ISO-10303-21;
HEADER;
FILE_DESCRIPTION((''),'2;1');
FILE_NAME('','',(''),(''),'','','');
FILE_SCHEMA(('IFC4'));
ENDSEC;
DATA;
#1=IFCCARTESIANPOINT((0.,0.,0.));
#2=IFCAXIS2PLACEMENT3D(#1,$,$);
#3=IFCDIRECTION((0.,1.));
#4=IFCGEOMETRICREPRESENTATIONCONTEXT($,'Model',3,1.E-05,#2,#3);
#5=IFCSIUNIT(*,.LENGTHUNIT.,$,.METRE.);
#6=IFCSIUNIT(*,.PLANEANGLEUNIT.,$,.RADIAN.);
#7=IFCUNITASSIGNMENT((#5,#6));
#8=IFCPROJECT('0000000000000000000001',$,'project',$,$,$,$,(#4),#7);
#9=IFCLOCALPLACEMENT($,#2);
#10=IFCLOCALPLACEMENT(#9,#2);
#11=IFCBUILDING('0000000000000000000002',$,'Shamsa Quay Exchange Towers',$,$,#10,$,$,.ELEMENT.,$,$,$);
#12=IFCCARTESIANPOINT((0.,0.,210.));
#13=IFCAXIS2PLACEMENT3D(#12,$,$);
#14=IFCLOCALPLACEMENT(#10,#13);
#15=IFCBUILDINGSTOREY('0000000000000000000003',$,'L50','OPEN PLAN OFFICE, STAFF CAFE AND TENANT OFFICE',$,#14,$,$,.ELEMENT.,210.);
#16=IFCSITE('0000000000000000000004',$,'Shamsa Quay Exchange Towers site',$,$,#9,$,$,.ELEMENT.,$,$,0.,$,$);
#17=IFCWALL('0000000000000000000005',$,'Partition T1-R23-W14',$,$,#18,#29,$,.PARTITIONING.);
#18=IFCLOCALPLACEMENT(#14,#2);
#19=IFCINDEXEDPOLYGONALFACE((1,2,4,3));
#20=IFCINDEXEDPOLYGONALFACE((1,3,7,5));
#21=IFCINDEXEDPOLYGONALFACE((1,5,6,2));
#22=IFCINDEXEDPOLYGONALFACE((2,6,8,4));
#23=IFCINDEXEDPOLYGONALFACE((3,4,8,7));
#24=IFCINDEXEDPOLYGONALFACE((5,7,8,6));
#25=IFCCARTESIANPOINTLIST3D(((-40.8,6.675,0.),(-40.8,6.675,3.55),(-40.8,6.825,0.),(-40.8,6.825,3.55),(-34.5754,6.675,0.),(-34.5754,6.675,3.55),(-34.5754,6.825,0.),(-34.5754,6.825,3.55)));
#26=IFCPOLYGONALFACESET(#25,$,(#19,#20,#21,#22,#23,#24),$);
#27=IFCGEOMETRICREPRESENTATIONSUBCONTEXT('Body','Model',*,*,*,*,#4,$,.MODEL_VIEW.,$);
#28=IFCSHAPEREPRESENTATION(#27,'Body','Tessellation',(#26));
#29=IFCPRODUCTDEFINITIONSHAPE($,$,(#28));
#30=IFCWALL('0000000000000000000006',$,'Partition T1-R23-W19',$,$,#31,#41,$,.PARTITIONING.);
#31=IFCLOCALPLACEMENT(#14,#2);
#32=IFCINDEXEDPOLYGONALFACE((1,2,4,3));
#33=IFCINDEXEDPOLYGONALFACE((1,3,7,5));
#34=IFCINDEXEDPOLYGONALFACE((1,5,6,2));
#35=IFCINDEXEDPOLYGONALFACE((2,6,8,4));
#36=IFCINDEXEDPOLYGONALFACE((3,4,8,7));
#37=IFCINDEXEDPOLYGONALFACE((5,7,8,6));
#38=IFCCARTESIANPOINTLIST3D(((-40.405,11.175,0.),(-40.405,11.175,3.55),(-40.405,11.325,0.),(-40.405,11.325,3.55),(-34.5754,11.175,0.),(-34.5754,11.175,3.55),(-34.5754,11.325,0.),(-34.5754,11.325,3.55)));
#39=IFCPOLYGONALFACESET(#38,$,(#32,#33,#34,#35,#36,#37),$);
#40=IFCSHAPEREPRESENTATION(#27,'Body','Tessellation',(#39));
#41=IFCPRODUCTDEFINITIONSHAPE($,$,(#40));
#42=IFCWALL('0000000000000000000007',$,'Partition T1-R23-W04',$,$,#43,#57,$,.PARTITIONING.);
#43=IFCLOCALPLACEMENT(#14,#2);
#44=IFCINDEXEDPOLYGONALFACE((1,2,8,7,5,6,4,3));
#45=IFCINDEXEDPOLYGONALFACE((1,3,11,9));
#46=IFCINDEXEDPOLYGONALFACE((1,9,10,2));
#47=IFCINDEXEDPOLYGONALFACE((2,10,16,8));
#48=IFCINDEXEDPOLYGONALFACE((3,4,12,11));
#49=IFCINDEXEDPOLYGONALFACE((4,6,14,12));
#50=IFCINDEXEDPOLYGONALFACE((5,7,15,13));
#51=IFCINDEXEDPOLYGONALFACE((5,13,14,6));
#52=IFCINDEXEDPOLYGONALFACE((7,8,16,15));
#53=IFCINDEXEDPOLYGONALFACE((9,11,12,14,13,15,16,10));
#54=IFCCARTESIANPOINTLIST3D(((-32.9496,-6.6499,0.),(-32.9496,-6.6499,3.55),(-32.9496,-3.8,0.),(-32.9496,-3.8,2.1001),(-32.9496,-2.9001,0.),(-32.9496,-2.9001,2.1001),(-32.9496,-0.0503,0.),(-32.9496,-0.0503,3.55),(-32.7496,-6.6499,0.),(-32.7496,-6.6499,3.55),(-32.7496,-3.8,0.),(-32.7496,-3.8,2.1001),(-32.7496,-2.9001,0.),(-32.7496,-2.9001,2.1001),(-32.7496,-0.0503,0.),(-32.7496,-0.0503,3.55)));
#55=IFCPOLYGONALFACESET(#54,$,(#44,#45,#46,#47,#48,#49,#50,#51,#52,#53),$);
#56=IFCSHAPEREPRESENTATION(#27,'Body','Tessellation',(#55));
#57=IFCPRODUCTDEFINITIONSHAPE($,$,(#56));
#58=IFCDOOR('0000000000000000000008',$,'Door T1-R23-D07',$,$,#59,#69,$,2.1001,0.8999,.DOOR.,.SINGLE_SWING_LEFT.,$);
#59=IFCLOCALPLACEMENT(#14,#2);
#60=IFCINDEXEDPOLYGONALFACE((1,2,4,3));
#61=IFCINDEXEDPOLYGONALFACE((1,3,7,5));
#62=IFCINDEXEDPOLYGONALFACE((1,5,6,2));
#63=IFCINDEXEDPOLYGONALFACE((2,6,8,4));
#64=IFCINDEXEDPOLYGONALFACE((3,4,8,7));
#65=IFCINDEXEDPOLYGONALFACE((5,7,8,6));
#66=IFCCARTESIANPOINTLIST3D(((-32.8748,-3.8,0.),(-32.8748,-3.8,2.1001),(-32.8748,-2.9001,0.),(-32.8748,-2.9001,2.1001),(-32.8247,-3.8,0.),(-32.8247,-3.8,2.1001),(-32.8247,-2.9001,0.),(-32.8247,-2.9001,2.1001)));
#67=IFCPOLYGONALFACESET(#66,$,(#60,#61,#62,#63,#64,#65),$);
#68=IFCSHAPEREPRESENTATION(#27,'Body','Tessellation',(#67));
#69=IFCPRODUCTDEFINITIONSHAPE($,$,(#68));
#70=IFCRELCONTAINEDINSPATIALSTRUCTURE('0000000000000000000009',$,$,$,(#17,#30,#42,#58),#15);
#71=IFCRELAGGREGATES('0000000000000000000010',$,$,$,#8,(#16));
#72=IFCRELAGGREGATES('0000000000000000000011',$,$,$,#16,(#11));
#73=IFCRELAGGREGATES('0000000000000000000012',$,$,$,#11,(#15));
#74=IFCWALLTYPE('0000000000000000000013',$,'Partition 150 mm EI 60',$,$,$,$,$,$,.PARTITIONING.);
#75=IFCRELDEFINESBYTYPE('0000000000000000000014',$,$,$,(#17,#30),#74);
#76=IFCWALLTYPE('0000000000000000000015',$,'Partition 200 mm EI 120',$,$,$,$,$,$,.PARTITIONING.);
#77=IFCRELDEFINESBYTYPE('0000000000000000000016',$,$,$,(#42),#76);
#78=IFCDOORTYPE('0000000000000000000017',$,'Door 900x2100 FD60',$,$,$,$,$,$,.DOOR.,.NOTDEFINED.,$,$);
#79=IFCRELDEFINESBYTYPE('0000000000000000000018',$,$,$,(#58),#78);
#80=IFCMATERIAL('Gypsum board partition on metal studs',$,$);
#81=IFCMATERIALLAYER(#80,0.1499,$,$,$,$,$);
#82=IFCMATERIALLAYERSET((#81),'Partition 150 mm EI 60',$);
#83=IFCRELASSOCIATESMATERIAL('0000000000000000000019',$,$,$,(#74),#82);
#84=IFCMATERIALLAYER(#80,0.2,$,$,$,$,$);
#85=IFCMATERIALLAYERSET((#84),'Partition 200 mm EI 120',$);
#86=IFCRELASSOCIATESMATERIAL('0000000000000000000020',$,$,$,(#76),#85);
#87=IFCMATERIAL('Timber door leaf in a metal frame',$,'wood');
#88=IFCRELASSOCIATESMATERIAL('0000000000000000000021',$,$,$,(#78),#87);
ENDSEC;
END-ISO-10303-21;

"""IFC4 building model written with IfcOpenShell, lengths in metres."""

from ifc_helpers import new_model, si_unit, direction, frame, frame_2d, origin, place, context, subcontext, project, spatial, rectangle, extrude, material, layer, layer_set, type_object, element, fill, save


model = new_model("IFC4")

# Units and contexts
model_context = context("Model", 3, precision=1e-05, world=origin(), true_north=direction((0.0, 1.0)))
body_context = subcontext(model_context, "Body", "Model", "MODEL_VIEW")
ifc_project = project(units=[si_unit("LENGTHUNIT", "METRE"), si_unit("PLANEANGLEUNIT", "RADIAN")], contexts=[model_context])

# Site, building, storey
site_placement = place(None, origin())
site = spatial("IfcSite", under=ifc_project, at=site_placement, Name="Shamsa Quay Exchange Towers site", CompositionType="ELEMENT", RefElevation=0.0)
building_placement = place(site_placement, origin())
building = spatial("IfcBuilding", under=site, at=building_placement, Name="Shamsa Quay Exchange Towers", CompositionType="ELEMENT")
storey_placement = place(building_placement, frame((0.0, 0.0, 210.0)))
storey = spatial("IfcBuildingStorey", under=building, at=storey_placement, Name="L50", Description="OPEN PLAN OFFICE, STAFF CAFE AND TENANT OFFICE", CompositionType="ELEMENT", Elevation=210.0)

# Shared definitions
ifc_material_1 = material(Name="Timber door leaf in a metal frame", Category="wood")

# Shared definitions
ifc_material_2 = material(Name="Gypsum board partition on metal studs")

# Shared definitions
ifc_layer_1 = layer(ifc_material_2, 0.1499)
ifc_layer_set_1 = layer_set([ifc_layer_1], Name="Partition 150 mm EI 60")
wall_type_1 = type_object("IfcWallType", Name="Partition 150 mm EI 60", PredefinedType="PARTITIONING", material=ifc_layer_set_1)

# Walls
wall_1_placement = place(storey_placement, frame((-34.5754, 6.75, 0.0), z_axis=(0.0, 0.0, 1.0), x_axis=(-1.0, 0.0, 0.0)))
element("IfcWall", 1, at=wall_1_placement, inside=storey, type_object=wall_type_1, Name="Partition T1-R23-W14", PredefinedType="PARTITIONING", context=body_context, shape_type="SweptSolid", body=[
    extrude(rectangle(XDim=6.2246, YDim=0.1499, at=frame_2d((3.1123, 0.0))), origin(), (0.0, 0.0, 1.0), 3.55),
])
wall_2_placement = place(storey_placement, frame((-34.5754, 11.25, 0.0), z_axis=(0.0, 0.0, 1.0), x_axis=(-1.0, 0.0, 0.0)))
element("IfcWall", 2, at=wall_2_placement, inside=storey, type_object=wall_type_1, Name="Partition T1-R23-W19", PredefinedType="PARTITIONING", context=body_context, shape_type="SweptSolid", body=[
    extrude(rectangle(XDim=5.8296, YDim=0.1499, at=frame_2d((2.9148, 0.0))), origin(), (0.0, 0.0, 1.0), 3.55),
])

# Wall, opening, door
ifc_layer_2 = layer(ifc_material_2, 0.2)
ifc_layer_set_2 = layer_set([ifc_layer_2], Name="Partition 200 mm EI 120")
wall_type_2 = type_object("IfcWallType", Name="Partition 200 mm EI 120", PredefinedType="PARTITIONING", material=ifc_layer_set_2)
wall_3_placement = place(storey_placement, frame((-32.8496, -0.0503, 0.0), z_axis=(0.0, 0.0, 1.0), x_axis=(0.0, -1.0, 0.0)))
wall_3 = element("IfcWall", 3, at=wall_3_placement, inside=storey, type_object=wall_type_2, Name="Partition T1-R23-W04", PredefinedType="PARTITIONING", context=body_context, shape_type="SweptSolid", body=[
    extrude(rectangle(XDim=6.5996, YDim=0.2, at=frame_2d((3.2998, 0.0))), origin(), (0.0, 0.0, 1.0), 3.55),
])
opening_1_placement = place(wall_3_placement, frame((2.8499, 0.0, 0.0)))
opening_1 = element("IfcOpeningElement", 4, at=opening_1_placement, cuts=wall_3, PredefinedType="OPENING", context=body_context, shape_type="SweptSolid", body=[
    extrude(rectangle(XDim=0.8999, YDim=2.1001, at=frame_2d((0.45, 1.05))), frame((0.0, 0.1099, 0.0), z_axis=(0.0, -1.0, 0.0), x_axis=(1.0, 0.0, 0.0)), (0.0, 0.0, 1.0), 0.22),
])
door_type_1 = type_object("IfcDoorType", Name="Door 900x2100 FD60", OperationType="NOTDEFINED", PredefinedType="DOOR", material=ifc_material_1)
door_1_placement = place(opening_1_placement, origin())
door_1 = element("IfcDoor", 5, at=door_1_placement, inside=storey, type_object=door_type_1, Name="Door T1-R23-D07", OperationType="SINGLE_SWING_LEFT", OverallHeight=2.1001, OverallWidth=0.8999, PredefinedType="DOOR", context=body_context, shape_type="SweptSolid", body=[
    extrude(rectangle(XDim=0.8999, YDim=2.1001, at=frame_2d((0.45, 1.05))), frame((0.0, 0.0249, 0.0), z_axis=(0.0, -1.0, 0.0), x_axis=(1.0, 0.0, 0.0)), (0.0, 0.0, 1.0), 0.05),
])
fill(opening_1, door_1)

save(model, "model.ifc")
